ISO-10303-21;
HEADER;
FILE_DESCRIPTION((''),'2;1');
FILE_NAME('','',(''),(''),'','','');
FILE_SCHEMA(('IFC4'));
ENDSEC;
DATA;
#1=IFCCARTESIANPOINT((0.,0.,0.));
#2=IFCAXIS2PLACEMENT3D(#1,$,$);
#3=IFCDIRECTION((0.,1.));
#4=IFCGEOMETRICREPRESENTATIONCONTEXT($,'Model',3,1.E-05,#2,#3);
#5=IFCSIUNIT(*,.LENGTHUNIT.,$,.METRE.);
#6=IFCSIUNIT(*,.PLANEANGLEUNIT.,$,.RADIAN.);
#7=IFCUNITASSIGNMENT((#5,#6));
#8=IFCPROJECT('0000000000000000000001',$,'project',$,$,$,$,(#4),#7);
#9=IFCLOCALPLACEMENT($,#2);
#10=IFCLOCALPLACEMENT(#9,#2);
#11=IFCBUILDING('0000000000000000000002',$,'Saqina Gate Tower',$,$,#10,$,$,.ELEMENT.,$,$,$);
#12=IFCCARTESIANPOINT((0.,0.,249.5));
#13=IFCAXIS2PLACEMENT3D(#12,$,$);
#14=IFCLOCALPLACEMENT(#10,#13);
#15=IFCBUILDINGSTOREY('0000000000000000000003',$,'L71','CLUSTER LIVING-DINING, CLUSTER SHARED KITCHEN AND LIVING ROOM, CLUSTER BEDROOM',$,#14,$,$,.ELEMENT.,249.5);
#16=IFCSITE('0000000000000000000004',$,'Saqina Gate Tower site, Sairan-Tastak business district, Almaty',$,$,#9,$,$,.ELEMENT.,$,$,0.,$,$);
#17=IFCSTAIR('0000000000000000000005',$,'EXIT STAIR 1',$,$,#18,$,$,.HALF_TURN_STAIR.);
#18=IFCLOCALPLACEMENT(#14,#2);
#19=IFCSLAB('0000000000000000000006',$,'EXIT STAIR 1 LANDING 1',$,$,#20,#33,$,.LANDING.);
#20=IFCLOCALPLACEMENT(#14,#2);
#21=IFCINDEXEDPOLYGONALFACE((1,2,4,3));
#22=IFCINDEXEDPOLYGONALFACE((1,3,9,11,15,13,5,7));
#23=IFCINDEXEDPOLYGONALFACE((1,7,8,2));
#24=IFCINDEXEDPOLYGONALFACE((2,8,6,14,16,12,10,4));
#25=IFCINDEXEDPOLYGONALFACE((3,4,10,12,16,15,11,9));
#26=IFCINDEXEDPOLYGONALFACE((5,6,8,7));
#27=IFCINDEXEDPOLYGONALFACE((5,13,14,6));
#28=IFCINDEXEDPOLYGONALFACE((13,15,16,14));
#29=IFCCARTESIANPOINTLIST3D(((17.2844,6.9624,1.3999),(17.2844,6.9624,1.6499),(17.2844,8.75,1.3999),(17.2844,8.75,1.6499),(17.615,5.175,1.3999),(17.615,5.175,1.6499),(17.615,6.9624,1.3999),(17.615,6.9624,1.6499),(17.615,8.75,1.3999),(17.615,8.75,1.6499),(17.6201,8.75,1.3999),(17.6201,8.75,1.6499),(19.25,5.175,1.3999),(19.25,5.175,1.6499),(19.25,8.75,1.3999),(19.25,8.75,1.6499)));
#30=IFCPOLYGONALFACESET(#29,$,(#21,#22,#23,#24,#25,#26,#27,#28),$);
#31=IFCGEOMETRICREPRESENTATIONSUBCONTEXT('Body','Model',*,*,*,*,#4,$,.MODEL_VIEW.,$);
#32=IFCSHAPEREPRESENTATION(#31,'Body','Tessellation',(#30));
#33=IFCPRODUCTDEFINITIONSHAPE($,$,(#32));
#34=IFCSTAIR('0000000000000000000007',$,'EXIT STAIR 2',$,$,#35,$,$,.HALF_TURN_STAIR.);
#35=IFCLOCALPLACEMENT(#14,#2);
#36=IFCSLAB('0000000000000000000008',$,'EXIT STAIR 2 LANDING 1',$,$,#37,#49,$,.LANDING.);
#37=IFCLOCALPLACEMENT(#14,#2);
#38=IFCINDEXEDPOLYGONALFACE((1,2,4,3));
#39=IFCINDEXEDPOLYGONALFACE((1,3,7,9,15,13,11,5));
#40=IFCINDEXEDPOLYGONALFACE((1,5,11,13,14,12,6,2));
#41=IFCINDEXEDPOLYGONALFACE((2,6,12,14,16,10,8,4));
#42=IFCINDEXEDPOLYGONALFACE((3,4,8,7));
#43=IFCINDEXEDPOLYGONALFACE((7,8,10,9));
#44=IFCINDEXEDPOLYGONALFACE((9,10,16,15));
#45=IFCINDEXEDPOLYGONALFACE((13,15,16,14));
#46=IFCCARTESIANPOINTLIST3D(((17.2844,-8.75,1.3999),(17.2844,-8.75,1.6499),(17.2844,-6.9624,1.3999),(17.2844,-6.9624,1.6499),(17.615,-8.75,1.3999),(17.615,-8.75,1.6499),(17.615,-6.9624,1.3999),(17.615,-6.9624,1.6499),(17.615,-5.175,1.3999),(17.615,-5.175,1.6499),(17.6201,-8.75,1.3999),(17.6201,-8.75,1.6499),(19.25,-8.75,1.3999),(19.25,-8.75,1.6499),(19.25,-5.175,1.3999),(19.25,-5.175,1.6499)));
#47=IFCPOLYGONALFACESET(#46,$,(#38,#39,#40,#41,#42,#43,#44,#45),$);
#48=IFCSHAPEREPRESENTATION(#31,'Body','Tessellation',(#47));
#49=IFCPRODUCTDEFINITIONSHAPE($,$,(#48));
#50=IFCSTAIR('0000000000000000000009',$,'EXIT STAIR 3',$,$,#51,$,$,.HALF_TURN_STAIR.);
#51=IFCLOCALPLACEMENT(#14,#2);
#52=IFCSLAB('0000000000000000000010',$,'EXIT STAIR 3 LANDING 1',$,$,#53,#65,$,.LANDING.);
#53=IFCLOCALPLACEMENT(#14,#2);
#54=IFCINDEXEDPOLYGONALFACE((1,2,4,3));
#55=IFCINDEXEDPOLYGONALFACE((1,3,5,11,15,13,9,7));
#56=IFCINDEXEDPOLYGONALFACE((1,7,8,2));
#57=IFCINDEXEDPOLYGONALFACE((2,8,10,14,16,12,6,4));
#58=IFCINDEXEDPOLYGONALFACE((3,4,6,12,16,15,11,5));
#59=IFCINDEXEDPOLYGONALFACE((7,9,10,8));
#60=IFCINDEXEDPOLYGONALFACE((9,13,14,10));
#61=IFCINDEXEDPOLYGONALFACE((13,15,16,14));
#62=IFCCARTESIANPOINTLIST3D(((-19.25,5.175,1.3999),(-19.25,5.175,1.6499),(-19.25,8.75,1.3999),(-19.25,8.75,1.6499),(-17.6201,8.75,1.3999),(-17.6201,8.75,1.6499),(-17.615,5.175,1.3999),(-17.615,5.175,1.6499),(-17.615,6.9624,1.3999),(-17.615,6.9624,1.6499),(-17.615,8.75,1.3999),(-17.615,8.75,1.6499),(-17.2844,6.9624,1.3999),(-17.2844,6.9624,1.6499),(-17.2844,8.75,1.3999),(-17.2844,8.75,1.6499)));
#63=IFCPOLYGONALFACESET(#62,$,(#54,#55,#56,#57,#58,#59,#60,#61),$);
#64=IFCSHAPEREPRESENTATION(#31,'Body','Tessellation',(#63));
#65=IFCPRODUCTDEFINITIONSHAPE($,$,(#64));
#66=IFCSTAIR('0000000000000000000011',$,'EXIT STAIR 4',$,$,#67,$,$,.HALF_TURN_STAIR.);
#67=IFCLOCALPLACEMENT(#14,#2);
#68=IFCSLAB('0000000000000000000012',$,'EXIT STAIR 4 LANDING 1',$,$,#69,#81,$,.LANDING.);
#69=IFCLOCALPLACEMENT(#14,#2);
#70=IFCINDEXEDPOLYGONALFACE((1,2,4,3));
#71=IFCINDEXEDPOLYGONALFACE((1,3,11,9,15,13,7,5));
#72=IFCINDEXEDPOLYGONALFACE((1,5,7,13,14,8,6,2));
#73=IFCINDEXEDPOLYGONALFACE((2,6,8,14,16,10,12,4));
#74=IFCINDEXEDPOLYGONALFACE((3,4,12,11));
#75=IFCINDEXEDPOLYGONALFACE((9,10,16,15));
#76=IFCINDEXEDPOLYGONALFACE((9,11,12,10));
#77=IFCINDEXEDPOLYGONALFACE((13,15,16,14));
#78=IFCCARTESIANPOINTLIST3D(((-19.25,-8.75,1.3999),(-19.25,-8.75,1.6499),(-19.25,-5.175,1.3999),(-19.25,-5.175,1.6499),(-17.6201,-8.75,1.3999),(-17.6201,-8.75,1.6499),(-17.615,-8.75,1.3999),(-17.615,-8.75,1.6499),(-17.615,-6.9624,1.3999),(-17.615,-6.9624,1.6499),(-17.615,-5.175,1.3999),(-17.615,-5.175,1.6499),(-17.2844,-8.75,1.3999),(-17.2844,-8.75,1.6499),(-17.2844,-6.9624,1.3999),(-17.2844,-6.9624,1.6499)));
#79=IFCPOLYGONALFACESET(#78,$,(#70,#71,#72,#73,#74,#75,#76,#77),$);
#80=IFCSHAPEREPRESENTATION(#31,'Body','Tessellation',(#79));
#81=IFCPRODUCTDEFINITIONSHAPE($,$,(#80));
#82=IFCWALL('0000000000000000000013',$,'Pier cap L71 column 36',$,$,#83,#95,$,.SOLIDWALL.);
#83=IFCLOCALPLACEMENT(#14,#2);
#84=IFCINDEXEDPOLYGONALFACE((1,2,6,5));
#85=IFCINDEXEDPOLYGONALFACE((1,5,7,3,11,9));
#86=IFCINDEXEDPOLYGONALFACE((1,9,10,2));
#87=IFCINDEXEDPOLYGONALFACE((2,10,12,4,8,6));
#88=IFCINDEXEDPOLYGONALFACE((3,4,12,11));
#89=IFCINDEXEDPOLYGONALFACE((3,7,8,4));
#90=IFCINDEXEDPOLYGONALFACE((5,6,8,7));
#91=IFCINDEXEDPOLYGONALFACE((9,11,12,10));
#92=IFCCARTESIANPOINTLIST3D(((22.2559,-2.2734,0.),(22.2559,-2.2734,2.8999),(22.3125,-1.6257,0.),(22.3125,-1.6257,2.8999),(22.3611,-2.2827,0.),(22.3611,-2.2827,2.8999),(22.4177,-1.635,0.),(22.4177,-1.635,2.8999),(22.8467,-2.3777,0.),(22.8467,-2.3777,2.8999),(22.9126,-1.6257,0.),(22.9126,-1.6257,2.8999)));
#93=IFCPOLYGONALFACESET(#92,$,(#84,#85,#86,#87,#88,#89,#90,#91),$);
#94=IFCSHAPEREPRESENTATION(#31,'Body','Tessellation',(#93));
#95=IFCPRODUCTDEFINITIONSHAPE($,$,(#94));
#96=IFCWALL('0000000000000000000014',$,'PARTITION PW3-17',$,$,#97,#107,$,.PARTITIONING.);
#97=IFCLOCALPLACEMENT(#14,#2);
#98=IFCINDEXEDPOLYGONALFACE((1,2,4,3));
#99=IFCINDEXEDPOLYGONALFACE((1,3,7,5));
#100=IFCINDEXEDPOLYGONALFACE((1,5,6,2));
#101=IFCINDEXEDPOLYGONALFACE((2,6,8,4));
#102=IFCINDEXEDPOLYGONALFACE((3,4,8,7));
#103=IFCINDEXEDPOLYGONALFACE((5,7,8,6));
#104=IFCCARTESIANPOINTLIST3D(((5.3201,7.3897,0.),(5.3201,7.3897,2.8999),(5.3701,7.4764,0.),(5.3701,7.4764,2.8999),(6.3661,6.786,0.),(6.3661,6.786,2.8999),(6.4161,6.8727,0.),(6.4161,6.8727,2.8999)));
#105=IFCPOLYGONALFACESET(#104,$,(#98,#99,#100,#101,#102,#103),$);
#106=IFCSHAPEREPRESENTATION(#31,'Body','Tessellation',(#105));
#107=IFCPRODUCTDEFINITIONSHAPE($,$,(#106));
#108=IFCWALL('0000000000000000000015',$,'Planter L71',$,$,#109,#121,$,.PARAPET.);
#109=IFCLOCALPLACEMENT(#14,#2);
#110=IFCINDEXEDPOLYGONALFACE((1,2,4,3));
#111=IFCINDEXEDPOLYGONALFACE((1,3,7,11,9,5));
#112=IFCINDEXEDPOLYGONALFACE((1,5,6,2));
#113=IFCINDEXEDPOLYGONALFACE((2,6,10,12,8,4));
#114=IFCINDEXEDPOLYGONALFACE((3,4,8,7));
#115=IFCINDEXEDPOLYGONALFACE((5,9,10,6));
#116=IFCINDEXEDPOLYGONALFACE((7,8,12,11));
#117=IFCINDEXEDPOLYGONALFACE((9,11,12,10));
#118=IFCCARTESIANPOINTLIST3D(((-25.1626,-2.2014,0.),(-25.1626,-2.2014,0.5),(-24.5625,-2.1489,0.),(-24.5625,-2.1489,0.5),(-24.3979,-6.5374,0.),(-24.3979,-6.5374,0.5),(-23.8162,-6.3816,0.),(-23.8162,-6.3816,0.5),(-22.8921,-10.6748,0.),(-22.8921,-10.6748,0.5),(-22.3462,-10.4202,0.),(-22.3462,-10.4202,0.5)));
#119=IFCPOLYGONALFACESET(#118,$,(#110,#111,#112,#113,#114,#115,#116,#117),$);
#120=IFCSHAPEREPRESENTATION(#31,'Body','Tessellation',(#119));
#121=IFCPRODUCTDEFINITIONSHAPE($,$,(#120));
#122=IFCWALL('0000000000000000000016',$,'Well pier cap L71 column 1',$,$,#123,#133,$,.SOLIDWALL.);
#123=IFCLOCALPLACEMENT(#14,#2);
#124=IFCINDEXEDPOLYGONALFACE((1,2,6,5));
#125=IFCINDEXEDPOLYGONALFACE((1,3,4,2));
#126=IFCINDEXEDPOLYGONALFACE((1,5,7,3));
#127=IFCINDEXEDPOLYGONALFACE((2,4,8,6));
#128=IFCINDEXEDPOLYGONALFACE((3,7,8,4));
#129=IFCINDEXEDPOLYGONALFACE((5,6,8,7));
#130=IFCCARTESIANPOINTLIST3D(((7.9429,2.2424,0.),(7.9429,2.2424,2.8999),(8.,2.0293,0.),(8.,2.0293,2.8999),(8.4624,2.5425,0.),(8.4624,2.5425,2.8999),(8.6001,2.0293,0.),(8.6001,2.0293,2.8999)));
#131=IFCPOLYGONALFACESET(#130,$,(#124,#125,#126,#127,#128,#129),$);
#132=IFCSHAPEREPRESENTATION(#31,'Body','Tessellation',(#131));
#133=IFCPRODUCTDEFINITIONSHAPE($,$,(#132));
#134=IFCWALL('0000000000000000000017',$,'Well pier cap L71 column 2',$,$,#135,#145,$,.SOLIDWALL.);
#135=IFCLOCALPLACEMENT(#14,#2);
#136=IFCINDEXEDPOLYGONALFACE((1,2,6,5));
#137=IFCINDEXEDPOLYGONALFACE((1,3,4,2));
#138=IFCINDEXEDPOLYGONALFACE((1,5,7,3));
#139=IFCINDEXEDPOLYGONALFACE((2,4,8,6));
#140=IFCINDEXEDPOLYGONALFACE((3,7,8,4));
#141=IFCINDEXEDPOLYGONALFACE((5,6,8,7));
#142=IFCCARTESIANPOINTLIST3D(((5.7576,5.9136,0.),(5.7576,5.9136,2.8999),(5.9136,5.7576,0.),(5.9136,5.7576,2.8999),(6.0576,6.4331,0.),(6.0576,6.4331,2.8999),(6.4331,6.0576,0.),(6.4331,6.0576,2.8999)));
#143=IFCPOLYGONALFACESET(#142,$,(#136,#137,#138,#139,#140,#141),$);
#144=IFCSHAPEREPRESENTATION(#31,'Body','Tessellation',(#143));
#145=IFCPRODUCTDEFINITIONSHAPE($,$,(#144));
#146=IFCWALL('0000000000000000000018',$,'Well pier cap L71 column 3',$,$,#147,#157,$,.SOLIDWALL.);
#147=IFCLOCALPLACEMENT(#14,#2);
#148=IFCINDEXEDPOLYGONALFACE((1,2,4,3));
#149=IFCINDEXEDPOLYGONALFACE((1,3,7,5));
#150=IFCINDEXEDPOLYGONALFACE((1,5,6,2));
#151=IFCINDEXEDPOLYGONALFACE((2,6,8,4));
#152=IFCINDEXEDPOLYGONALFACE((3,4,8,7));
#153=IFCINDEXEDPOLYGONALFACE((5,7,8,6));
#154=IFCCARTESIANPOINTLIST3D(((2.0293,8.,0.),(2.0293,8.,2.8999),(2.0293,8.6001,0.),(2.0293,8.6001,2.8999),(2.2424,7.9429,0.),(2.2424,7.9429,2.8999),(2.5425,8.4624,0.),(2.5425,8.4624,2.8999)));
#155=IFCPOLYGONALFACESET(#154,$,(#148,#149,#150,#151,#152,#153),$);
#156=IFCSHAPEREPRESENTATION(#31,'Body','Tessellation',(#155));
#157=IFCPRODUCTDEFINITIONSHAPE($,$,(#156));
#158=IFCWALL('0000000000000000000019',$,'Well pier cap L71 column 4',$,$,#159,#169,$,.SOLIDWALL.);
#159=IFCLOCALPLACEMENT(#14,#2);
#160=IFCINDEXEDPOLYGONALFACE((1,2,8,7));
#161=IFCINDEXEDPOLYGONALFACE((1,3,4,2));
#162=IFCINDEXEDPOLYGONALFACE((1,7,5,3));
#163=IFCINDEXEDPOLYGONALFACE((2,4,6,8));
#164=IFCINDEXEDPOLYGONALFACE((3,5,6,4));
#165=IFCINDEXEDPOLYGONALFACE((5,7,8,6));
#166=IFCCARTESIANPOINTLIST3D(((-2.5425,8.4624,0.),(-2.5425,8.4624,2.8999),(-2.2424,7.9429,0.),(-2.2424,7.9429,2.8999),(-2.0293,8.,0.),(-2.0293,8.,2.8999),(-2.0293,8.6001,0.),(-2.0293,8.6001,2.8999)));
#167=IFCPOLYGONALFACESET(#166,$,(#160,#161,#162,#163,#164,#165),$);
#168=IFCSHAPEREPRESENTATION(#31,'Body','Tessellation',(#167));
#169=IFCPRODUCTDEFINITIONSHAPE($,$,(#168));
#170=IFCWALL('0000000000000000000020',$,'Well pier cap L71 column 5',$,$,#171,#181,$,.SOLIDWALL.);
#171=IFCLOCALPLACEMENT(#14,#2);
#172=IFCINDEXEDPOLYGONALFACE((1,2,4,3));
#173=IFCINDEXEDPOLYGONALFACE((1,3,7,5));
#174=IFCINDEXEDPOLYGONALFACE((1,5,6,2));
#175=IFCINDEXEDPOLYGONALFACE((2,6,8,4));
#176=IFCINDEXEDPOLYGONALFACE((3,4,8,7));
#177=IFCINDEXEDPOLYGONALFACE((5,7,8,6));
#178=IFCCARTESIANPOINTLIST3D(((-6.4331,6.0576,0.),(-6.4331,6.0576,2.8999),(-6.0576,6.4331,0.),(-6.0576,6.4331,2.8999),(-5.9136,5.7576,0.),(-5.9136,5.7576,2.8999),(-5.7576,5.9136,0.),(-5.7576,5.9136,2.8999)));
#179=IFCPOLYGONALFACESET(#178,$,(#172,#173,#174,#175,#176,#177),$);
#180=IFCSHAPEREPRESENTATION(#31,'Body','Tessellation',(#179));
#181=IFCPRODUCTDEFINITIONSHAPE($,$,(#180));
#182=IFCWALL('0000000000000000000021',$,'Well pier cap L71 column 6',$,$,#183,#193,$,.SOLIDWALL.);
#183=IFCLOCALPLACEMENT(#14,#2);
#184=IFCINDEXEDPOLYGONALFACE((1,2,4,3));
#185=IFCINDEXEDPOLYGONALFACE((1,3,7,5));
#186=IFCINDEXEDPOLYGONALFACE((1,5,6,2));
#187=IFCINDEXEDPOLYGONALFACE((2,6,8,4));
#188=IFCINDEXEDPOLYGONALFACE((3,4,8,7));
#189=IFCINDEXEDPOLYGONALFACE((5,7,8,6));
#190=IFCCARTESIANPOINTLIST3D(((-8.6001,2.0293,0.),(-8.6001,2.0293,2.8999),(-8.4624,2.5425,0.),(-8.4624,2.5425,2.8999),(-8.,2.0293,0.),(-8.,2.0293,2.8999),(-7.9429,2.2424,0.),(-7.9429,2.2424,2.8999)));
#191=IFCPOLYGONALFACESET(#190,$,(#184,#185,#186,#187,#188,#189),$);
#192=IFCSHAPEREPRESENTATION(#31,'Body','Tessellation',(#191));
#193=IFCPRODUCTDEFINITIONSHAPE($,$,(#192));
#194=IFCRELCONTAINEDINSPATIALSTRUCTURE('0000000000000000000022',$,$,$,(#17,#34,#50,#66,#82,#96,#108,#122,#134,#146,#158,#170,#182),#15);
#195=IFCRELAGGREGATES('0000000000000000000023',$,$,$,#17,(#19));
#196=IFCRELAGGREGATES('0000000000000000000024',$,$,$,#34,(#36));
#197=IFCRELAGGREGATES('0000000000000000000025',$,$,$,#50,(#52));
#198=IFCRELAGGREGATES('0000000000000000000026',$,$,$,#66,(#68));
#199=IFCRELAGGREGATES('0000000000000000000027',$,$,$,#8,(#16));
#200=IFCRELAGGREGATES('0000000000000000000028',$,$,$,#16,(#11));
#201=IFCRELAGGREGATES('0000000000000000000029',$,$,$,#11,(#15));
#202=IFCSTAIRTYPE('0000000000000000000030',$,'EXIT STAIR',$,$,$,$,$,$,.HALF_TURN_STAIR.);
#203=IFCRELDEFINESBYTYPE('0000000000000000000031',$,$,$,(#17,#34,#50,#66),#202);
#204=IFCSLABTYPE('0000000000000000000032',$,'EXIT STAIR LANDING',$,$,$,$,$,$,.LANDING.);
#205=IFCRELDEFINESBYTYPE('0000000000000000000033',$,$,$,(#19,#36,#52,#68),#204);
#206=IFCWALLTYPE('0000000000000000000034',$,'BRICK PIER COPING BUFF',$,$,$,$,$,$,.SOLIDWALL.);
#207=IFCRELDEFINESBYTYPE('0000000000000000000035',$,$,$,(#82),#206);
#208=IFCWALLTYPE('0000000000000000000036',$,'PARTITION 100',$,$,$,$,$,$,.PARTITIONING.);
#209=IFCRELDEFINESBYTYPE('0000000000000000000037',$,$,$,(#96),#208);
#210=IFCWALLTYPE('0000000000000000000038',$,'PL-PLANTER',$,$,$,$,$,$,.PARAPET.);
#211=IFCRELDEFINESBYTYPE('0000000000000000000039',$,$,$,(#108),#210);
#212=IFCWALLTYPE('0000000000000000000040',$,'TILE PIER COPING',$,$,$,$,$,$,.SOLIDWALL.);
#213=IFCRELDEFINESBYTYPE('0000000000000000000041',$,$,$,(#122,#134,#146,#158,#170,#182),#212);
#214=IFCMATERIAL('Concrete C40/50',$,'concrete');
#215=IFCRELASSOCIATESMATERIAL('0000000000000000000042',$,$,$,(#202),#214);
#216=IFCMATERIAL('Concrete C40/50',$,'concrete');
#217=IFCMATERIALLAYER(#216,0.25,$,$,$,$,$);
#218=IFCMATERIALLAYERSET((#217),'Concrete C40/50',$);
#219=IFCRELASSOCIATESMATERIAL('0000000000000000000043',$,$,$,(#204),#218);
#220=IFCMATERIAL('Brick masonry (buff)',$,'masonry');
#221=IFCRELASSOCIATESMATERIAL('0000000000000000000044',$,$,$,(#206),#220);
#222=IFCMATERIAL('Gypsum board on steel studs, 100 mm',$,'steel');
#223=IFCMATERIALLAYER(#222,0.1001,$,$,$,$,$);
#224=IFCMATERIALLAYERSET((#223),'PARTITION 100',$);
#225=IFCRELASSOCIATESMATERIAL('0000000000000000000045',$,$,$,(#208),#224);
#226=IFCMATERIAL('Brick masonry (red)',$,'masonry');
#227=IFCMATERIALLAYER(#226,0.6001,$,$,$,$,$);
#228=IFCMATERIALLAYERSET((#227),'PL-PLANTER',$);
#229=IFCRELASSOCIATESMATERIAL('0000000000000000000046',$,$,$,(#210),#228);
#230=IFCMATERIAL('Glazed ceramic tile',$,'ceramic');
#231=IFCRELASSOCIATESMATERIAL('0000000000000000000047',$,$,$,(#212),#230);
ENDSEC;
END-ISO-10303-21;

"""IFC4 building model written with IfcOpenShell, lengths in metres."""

from ifc_helpers import new_model, si_unit, direction, frame, frame_2d, origin, place, context, subcontext, project, spatial, polyline, rectangle, outline, extrude, material, layer, layer_set, type_object, element, aggregate, save


model = new_model("IFC4")

# Units and contexts
model_context = context("Model", 3, precision=1e-05, world=origin(), true_north=direction((0.0, 1.0)))
body_context = subcontext(model_context, "Body", "Model", "MODEL_VIEW")
ifc_project = project(units=[si_unit("LENGTHUNIT", "METRE"), si_unit("PLANEANGLEUNIT", "RADIAN")], contexts=[model_context])

# Site, building, storey
site_placement = place(None, origin())
site = spatial("IfcSite", under=ifc_project, at=site_placement, Name="Saqina Gate Tower site, Sairan-Tastak business district, Almaty", CompositionType="ELEMENT", RefElevation=0.0)
building_placement = place(site_placement, origin())
building = spatial("IfcBuilding", under=site, at=building_placement, Name="Saqina Gate Tower", CompositionType="ELEMENT")
storey_placement = place(building_placement, frame((0.0, 0.0, 249.5)))
storey = spatial("IfcBuildingStorey", under=building, at=storey_placement, Name="L71", Description="CLUSTER LIVING-DINING, CLUSTER SHARED KITCHEN AND LIVING ROOM, CLUSTER BEDROOM", CompositionType="ELEMENT", Elevation=249.5)

# Stairs, slabs
ifc_material_1 = material(Name="Concrete C40/50", Category="concrete")
stair_type = type_object("IfcStairType", Name="EXIT STAIR", PredefinedType="HALF_TURN_STAIR", material=ifc_material_1)
stair_1_placement = place(storey_placement, origin())
stair_1 = element("IfcStair", 1, at=stair_1_placement, inside=storey, type_object=stair_type, Name="EXIT STAIR 1", PredefinedType="HALF_TURN_STAIR")
ifc_material_2 = material(Name="Concrete C40/50", Category="concrete")
ifc_layer_1 = layer(ifc_material_2, 0.25)
ifc_layer_set_1 = layer_set([ifc_layer_1], Name="Concrete C40/50")
slab_type = type_object("IfcSlabType", Name="EXIT STAIR LANDING", PredefinedType="LANDING", material=ifc_layer_set_1)
slab_1_placement = place(storey_placement, frame((0.0, 0.0, 1.3999)))
slab_1 = element("IfcSlab", 2, at=slab_1_placement, type_object=slab_type, Name="EXIT STAIR 1 LANDING 1", PredefinedType="LANDING", context=body_context, shape_type="SweptSolid", body=[
    extrude(outline(polyline([(19.25, 8.75), (19.25, 5.175), (17.615, 5.175), (17.615, 6.9624), (17.2844, 6.9624), (17.2844, 8.75), (17.615, 8.75), (17.6201, 8.75), (19.25, 8.75)])), origin(), (0.0, 0.0, 1.0), 0.25),
])
aggregate(stair_1, [slab_1])
stair_2_placement = place(storey_placement, origin())
stair_2 = element("IfcStair", 3, at=stair_2_placement, inside=storey, type_object=stair_type, Name="EXIT STAIR 2", PredefinedType="HALF_TURN_STAIR")
slab_2_placement = place(storey_placement, frame((0.0, 0.0, 1.3999)))
slab_2 = element("IfcSlab", 4, at=slab_2_placement, type_object=slab_type, Name="EXIT STAIR 2 LANDING 1", PredefinedType="LANDING", context=body_context, shape_type="SweptSolid", body=[
    extrude(outline(polyline([(17.2844, -8.75), (17.2844, -6.9624), (17.615, -6.9624), (17.615, -5.175), (19.25, -5.175), (19.25, -8.75), (17.6201, -8.75), (17.615, -8.75), (17.2844, -8.75)])), origin(), (0.0, 0.0, 1.0), 0.25),
])
aggregate(stair_2, [slab_2])
stair_3_placement = place(storey_placement, origin())
stair_3 = element("IfcStair", 5, at=stair_3_placement, inside=storey, type_object=stair_type, Name="EXIT STAIR 3", PredefinedType="HALF_TURN_STAIR")
slab_3_placement = place(storey_placement, frame((0.0, 0.0, 1.3999)))
slab_3 = element("IfcSlab", 6, at=slab_3_placement, type_object=slab_type, Name="EXIT STAIR 3 LANDING 1", PredefinedType="LANDING", context=body_context, shape_type="SweptSolid", body=[
    extrude(outline(polyline([(-17.615, 5.175), (-19.25, 5.175), (-19.25, 8.75), (-17.6201, 8.75), (-17.615, 8.75), (-17.2844, 8.75), (-17.2844, 6.9624), (-17.615, 6.9624), (-17.615, 5.175)])), origin(), (0.0, 0.0, 1.0), 0.25),
])
aggregate(stair_3, [slab_3])
stair_4_placement = place(storey_placement, origin())
stair_4 = element("IfcStair", 7, at=stair_4_placement, inside=storey, type_object=stair_type, Name="EXIT STAIR 4", PredefinedType="HALF_TURN_STAIR")
slab_4_placement = place(storey_placement, frame((0.0, 0.0, 1.3999)))
slab_4 = element("IfcSlab", 8, at=slab_4_placement, type_object=slab_type, Name="EXIT STAIR 4 LANDING 1", PredefinedType="LANDING", context=body_context, shape_type="SweptSolid", body=[
    extrude(outline(polyline([(-17.2844, -6.9624), (-17.2844, -8.75), (-17.615, -8.75), (-17.6201, -8.75), (-19.25, -8.75), (-19.25, -5.175), (-17.615, -5.175), (-17.615, -6.9624), (-17.2844, -6.9624)])), origin(), (0.0, 0.0, 1.0), 0.25),
])
aggregate(stair_4, [slab_4])

# Walls
ifc_material_3 = material(Name="Brick masonry (buff)", Category="masonry")
wall_type_1 = type_object("IfcWallType", Name="BRICK PIER COPING BUFF", PredefinedType="SOLIDWALL", material=ifc_material_3)
wall_1_placement = place(storey_placement, origin())
element("IfcWall", 9, at=wall_1_placement, inside=storey, type_object=wall_type_1, Name="Pier cap L71 column 36", PredefinedType="SOLIDWALL", context=body_context, shape_type="SweptSolid", body=[
    extrude(outline(polyline([(22.8467, -2.3777), (22.9126, -1.6257), (22.3125, -1.6257), (22.4177, -1.635), (22.3611, -2.2827), (22.2559, -2.2734), (22.8467, -2.3777)])), origin(), (0.0, 0.0, 1.0), 2.8999),
])
ifc_material_4 = material(Name="Gypsum board on steel studs, 100 mm", Category="steel")
ifc_layer_2 = layer(ifc_material_4, 0.1001)
ifc_layer_set_2 = layer_set([ifc_layer_2], Name="PARTITION 100")
wall_type_2 = type_object("IfcWallType", Name="PARTITION 100", PredefinedType="PARTITIONING", material=ifc_layer_set_2)
wall_2_placement = place(storey_placement, frame((5.345, 7.4331, 0.0), z_axis=(0.0, 0.0, 1.0), x_axis=(0.866108, -0.499857, 0.0)))
element("IfcWall", 10, at=wall_2_placement, inside=storey, type_object=wall_type_2, Name="PARTITION PW3-17", PredefinedType="PARTITIONING", context=body_context, shape_type="SweptSolid", body=[
    extrude(rectangle(XDim=1.2078, YDim=0.1001, at=frame_2d((0.604, 0.0))), origin(), (0.0, 0.0, 1.0), 2.8999),
])
ifc_material_5 = material(Name="Brick masonry (red)", Category="masonry")
ifc_layer_3 = layer(ifc_material_5, 0.6001)
ifc_layer_set_3 = layer_set([ifc_layer_3], Name="PL-PLANTER")
wall_type_3 = type_object("IfcWallType", Name="PL-PLANTER", PredefinedType="PARAPET", material=ifc_layer_set_3)
wall_3_placement = place(storey_placement, origin())
element("IfcWall", 11, at=wall_3_placement, inside=storey, type_object=wall_type_3, Name="Planter L71", PredefinedType="PARAPET", context=body_context, shape_type="SweptSolid", body=[
    extrude(outline(polyline([(-25.1626, -2.2014), (-24.3979, -6.5374), (-22.8921, -10.6748), (-22.3462, -10.4202), (-23.8162, -6.3816), (-24.5625, -2.1489), (-25.1626, -2.2014)])), origin(), (0.0, 0.0, 1.0), 0.5),
])
ifc_material_6 = material(Name="Glazed ceramic tile", Category="ceramic")
wall_type_4 = type_object("IfcWallType", Name="TILE PIER COPING", PredefinedType="SOLIDWALL", material=ifc_material_6)
wall_4_placement = place(storey_placement, origin())
element("IfcWall", 12, at=wall_4_placement, inside=storey, type_object=wall_type_4, Name="Well pier cap L71 column 1", PredefinedType="SOLIDWALL", context=body_context, shape_type="SweptSolid", body=[
    extrude(outline(polyline([(8.4624, 2.5425), (7.9429, 2.2424), (8.0, 2.0293), (8.6001, 2.0293), (8.4624, 2.5425)])), origin(), (0.0, 0.0, 1.0), 2.8999),
])
wall_5_placement = place(storey_placement, origin())
element("IfcWall", 13, at=wall_5_placement, inside=storey, type_object=wall_type_4, Name="Well pier cap L71 column 2", PredefinedType="SOLIDWALL", context=body_context, shape_type="SweptSolid", body=[
    extrude(outline(polyline([(6.0576, 6.4331), (5.7576, 5.9136), (5.9136, 5.7576), (6.4331, 6.0576), (6.0576, 6.4331)])), origin(), (0.0, 0.0, 1.0), 2.8999),
])
wall_6_placement = place(storey_placement, origin())
element("IfcWall", 14, at=wall_6_placement, inside=storey, type_object=wall_type_4, Name="Well pier cap L71 column 3", PredefinedType="SOLIDWALL", context=body_context, shape_type="SweptSolid", body=[
    extrude(outline(polyline([(2.0293, 8.6001), (2.0293, 8.0), (2.2424, 7.9429), (2.5425, 8.4624), (2.0293, 8.6001)])), origin(), (0.0, 0.0, 1.0), 2.8999),
])
wall_7_placement = place(storey_placement, origin())
element("IfcWall", 15, at=wall_7_placement, inside=storey, type_object=wall_type_4, Name="Well pier cap L71 column 4", PredefinedType="SOLIDWALL", context=body_context, shape_type="SweptSolid", body=[
    extrude(outline(polyline([(-2.5425, 8.4624), (-2.2424, 7.9429), (-2.0293, 8.0), (-2.0293, 8.6001), (-2.5425, 8.4624)])), origin(), (0.0, 0.0, 1.0), 2.8999),
])
wall_8_placement = place(storey_placement, origin())
element("IfcWall", 16, at=wall_8_placement, inside=storey, type_object=wall_type_4, Name="Well pier cap L71 column 5", PredefinedType="SOLIDWALL", context=body_context, shape_type="SweptSolid", body=[
    extrude(outline(polyline([(-6.4331, 6.0576), (-5.9136, 5.7576), (-5.7576, 5.9136), (-6.0576, 6.4331), (-6.4331, 6.0576)])), origin(), (0.0, 0.0, 1.0), 2.8999),
])
wall_9_placement = place(storey_placement, origin())
element("IfcWall", 17, at=wall_9_placement, inside=storey, type_object=wall_type_4, Name="Well pier cap L71 column 6", PredefinedType="SOLIDWALL", context=body_context, shape_type="SweptSolid", body=[
    extrude(outline(polyline([(-8.6001, 2.0293), (-8.0, 2.0293), (-7.9429, 2.2424), (-8.4624, 2.5425), (-8.6001, 2.0293)])), origin(), (0.0, 0.0, 1.0), 2.8999),
])

save(model, "model.ifc")
